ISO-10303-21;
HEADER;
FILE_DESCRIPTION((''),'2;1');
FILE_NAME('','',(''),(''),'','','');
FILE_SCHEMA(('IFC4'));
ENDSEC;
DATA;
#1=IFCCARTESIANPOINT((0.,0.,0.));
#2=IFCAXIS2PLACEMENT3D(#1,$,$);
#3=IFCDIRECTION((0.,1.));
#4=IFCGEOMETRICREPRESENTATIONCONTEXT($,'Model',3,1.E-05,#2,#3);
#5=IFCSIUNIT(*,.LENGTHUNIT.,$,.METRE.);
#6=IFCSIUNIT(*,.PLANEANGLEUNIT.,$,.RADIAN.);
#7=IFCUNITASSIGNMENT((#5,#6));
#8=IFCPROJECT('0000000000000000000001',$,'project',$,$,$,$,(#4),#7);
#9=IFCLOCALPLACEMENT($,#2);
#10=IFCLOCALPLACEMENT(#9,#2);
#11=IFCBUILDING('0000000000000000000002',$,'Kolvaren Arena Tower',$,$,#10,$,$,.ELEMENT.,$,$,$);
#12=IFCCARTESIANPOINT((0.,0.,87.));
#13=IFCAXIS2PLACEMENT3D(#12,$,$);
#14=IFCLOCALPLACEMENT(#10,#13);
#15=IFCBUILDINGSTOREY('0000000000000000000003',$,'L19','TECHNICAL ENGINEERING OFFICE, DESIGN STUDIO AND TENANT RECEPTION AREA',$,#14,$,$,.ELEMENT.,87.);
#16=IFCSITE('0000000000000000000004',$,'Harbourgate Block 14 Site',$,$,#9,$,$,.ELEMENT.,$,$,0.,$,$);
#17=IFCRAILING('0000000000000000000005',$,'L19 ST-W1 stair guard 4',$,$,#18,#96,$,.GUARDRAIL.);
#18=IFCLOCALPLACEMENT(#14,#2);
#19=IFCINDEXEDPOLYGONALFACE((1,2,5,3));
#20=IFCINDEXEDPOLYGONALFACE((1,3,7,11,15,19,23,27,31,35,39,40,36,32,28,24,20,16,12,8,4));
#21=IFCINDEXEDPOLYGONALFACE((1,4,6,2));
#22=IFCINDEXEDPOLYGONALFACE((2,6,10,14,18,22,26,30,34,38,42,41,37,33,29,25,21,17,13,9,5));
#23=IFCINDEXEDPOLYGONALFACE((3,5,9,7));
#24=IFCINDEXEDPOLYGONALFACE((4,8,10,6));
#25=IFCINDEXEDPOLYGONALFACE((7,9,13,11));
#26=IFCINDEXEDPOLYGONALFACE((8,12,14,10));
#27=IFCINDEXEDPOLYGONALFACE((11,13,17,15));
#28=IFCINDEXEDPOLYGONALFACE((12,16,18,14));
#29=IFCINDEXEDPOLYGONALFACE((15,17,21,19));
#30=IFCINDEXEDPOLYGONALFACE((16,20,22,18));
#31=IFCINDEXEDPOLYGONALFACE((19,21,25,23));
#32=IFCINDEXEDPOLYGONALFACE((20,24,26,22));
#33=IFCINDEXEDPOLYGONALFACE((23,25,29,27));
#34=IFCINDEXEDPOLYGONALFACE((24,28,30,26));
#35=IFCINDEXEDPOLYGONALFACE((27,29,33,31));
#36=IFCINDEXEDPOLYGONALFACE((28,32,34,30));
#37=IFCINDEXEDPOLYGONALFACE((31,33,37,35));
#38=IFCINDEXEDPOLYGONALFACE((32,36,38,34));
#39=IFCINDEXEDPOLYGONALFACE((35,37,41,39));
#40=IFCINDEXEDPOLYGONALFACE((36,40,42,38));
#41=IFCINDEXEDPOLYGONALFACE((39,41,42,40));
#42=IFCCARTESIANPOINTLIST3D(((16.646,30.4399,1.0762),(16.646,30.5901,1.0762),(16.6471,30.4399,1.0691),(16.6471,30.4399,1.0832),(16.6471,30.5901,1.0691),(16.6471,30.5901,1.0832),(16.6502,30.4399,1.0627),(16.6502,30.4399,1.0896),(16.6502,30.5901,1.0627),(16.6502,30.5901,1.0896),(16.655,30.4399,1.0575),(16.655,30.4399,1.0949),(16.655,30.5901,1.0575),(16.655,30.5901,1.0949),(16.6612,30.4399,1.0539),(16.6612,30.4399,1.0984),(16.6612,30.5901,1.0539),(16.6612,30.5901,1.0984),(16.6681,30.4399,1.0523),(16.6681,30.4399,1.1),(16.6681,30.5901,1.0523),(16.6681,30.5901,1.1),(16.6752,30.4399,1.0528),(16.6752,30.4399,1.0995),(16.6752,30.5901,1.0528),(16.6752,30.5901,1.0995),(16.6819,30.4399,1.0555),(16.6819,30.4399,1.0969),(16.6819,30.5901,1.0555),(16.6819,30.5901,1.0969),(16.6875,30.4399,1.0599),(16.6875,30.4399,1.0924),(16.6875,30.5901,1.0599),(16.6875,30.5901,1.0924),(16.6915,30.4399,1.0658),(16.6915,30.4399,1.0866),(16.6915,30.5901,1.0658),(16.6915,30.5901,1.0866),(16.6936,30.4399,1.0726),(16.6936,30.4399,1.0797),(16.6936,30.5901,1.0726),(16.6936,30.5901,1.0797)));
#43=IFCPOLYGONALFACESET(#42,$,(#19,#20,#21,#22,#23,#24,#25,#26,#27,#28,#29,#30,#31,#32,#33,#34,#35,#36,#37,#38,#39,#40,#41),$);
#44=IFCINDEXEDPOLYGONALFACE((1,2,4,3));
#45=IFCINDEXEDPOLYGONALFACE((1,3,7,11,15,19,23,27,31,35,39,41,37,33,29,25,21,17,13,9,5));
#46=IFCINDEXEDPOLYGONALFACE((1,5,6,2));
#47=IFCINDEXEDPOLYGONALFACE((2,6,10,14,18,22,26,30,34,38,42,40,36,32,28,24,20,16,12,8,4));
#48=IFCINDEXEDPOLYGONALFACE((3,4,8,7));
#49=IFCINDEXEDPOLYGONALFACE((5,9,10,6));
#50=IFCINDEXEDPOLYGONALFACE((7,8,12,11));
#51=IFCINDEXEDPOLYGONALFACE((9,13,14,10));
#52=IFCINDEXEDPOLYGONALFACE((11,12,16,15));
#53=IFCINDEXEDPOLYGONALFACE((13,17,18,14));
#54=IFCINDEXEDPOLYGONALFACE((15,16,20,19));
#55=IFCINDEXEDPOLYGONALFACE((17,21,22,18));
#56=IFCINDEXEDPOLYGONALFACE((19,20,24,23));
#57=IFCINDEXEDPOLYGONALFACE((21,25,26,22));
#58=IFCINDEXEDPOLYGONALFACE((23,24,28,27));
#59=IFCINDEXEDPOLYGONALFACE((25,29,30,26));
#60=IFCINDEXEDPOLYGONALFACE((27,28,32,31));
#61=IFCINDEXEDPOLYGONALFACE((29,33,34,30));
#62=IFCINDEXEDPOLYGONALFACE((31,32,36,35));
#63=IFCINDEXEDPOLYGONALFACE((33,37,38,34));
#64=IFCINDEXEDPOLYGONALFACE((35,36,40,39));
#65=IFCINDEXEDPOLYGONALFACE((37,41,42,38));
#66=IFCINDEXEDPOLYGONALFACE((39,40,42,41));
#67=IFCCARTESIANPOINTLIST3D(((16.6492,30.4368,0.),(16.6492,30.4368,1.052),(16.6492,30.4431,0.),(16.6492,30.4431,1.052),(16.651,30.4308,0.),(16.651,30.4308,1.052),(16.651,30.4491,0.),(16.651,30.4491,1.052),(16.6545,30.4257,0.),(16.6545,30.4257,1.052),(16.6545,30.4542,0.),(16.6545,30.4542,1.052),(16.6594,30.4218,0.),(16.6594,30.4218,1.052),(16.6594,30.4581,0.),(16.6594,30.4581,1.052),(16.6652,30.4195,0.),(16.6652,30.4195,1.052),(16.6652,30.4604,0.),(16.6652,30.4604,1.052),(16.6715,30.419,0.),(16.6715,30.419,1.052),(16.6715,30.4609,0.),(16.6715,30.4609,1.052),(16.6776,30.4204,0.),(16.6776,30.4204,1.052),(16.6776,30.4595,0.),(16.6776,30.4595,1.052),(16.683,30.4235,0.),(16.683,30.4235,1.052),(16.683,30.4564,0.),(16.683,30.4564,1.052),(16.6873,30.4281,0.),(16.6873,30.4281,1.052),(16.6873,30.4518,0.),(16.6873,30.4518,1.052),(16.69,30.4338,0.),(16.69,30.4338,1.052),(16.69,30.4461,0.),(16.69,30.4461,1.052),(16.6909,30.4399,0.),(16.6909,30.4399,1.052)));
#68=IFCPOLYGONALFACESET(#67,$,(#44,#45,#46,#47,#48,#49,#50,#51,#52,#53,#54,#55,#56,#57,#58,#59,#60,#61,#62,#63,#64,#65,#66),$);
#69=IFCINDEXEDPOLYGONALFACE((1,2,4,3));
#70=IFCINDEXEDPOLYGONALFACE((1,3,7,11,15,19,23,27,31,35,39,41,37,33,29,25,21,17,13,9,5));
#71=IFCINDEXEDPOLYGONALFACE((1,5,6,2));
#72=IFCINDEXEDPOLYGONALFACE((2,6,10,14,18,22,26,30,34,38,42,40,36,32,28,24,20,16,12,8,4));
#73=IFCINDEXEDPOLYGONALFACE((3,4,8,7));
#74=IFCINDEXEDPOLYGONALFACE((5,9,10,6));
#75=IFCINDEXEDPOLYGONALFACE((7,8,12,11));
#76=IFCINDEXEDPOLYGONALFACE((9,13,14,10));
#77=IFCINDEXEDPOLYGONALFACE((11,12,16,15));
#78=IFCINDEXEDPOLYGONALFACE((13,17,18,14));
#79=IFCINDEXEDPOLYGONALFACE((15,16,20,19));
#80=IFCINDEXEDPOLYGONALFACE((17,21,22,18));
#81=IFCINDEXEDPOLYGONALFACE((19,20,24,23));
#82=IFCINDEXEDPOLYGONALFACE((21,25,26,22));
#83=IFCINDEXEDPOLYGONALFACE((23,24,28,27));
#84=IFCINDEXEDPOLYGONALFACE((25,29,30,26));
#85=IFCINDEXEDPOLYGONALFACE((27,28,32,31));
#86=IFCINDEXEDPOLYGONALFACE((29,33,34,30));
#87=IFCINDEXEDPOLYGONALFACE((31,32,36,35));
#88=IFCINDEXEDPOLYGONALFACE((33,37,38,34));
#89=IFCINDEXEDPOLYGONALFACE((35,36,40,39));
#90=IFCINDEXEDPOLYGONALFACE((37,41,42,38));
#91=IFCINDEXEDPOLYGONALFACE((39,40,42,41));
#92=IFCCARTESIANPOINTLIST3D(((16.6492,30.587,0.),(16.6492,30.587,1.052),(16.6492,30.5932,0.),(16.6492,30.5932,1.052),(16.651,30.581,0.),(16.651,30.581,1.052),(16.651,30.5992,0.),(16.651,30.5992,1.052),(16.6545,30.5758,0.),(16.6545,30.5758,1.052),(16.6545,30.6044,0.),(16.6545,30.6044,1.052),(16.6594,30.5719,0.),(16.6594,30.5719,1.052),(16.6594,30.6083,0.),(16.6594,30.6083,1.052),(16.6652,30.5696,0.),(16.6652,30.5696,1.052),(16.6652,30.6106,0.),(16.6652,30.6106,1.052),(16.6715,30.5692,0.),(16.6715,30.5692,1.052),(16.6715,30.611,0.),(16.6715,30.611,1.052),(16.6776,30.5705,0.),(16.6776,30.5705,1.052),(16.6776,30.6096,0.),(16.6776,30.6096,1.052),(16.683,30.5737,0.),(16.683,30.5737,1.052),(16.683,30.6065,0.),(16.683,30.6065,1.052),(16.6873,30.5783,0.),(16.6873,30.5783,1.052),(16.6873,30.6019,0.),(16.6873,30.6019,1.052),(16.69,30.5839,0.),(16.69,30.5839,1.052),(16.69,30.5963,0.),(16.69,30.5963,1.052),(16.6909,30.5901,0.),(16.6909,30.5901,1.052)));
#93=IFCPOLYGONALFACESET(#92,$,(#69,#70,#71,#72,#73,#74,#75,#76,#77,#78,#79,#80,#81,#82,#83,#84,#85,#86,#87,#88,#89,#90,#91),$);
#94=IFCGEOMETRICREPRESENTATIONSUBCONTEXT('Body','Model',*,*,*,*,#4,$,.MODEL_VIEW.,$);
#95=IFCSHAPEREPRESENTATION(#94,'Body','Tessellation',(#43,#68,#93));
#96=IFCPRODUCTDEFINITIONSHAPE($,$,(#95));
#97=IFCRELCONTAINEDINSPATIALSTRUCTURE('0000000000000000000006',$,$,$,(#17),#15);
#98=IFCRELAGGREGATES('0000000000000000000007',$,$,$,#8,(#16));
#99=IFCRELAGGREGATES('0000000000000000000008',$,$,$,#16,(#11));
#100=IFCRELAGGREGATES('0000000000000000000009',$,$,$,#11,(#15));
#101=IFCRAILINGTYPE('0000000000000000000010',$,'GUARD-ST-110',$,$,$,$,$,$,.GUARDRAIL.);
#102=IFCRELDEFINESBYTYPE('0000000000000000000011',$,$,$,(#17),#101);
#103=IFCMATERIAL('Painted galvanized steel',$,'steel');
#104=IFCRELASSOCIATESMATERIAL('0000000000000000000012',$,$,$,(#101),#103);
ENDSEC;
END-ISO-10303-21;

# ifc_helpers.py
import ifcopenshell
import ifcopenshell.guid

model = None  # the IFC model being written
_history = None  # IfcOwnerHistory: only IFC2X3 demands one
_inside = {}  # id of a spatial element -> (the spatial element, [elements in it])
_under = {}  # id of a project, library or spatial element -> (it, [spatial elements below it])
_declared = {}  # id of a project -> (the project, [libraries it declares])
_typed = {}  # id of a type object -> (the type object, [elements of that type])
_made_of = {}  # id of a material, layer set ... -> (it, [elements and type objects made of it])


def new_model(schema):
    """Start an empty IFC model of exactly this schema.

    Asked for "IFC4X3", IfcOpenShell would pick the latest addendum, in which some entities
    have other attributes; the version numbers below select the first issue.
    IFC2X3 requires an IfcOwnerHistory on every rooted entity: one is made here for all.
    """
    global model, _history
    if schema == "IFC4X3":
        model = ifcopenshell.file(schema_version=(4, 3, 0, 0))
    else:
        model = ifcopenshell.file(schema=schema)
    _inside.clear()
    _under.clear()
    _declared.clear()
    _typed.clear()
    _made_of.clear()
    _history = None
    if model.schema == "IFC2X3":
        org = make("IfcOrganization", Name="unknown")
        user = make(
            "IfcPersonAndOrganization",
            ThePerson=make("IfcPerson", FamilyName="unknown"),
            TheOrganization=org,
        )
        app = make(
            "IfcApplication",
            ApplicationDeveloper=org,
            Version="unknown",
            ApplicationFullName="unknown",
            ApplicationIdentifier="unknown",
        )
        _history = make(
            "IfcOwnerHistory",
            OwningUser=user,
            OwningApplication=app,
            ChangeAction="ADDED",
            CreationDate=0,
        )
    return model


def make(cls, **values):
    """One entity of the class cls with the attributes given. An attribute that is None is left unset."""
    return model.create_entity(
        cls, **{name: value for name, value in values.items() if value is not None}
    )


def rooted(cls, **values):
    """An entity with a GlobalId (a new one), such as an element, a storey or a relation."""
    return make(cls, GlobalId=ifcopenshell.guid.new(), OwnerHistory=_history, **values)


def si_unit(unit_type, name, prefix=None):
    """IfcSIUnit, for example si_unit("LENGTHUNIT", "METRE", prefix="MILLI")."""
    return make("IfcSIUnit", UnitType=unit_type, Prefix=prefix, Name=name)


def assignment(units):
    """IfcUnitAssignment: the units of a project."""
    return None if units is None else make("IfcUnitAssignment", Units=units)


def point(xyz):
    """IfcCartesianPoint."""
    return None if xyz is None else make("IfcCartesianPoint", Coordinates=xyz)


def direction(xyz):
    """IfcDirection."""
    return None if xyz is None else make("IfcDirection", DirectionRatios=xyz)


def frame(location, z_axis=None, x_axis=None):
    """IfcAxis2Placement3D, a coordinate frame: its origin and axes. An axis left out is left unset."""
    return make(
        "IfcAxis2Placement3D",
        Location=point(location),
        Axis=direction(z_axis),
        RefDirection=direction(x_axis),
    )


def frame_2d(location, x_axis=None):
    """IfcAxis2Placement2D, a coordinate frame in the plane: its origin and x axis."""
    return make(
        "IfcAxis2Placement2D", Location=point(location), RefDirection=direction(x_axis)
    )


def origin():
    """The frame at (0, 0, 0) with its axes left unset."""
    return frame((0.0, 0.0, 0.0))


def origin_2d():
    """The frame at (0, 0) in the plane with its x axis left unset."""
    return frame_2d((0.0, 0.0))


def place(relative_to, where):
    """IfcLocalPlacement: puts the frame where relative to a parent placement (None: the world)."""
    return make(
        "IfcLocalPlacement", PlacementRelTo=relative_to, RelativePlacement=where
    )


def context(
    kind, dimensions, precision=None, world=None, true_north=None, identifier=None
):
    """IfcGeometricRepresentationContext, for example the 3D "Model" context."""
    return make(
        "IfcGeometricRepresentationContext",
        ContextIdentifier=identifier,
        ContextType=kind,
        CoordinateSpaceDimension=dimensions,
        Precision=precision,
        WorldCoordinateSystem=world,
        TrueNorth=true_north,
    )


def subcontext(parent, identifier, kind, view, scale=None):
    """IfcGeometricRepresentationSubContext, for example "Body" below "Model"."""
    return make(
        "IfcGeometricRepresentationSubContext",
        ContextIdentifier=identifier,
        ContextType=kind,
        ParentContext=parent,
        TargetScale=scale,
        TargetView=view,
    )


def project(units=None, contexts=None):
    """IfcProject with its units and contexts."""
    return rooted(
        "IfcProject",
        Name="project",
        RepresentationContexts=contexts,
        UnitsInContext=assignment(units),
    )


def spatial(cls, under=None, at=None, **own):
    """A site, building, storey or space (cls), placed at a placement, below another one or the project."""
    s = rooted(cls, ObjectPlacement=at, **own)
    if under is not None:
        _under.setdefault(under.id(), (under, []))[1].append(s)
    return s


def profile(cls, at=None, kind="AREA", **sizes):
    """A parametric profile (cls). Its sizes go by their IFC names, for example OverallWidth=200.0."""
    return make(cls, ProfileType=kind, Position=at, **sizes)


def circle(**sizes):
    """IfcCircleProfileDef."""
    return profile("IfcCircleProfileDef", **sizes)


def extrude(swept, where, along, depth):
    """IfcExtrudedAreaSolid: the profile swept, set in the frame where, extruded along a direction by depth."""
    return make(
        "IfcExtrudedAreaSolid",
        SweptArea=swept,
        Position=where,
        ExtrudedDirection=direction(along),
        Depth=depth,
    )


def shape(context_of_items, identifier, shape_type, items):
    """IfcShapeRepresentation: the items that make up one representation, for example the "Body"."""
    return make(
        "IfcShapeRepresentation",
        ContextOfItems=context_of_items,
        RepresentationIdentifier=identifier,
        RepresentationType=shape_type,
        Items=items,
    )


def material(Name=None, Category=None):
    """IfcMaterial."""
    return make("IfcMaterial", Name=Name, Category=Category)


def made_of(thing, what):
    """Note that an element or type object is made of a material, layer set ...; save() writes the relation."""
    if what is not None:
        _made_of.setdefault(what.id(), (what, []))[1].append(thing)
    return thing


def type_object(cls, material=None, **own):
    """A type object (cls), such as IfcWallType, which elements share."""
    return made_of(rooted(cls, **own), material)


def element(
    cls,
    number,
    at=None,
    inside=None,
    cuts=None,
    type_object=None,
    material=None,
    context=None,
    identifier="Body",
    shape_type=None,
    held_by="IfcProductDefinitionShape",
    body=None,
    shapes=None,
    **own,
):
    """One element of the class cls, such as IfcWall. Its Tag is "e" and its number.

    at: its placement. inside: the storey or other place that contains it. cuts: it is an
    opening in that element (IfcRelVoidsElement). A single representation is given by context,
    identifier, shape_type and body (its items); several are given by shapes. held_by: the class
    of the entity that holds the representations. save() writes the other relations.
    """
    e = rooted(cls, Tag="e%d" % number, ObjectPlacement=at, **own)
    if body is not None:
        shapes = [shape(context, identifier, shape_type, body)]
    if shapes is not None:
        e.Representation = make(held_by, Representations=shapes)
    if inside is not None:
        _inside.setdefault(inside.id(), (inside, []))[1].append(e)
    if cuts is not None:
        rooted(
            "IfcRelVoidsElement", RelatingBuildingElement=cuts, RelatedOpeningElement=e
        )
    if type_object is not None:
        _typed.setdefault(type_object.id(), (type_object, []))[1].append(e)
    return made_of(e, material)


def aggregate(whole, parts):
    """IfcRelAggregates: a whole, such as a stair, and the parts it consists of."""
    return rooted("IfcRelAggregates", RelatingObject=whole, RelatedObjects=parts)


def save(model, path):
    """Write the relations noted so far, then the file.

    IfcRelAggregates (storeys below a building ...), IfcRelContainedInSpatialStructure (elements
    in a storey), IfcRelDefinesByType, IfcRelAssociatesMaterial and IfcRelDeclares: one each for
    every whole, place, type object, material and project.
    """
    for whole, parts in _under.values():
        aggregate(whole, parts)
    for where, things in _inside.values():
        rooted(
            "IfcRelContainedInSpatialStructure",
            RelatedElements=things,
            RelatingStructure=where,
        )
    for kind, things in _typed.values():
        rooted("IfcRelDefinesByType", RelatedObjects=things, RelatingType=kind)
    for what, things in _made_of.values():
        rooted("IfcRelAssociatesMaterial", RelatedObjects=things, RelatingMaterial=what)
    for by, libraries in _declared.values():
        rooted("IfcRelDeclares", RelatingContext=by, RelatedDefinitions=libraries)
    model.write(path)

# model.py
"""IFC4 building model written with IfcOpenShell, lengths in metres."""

from ifc_helpers import new_model, si_unit, direction, frame, origin, origin_2d, place, context, subcontext, project, spatial, circle, extrude, material, type_object, element, save


model = new_model("IFC4")

# Units and contexts
model_context = context("Model", 3, precision=1e-05, world=origin(), true_north=direction((0.0, 1.0)))
body_context = subcontext(model_context, "Body", "Model", "MODEL_VIEW")
ifc_project = project(units=[si_unit("LENGTHUNIT", "METRE"), si_unit("PLANEANGLEUNIT", "RADIAN")], contexts=[model_context])

# Site, building, storey
site_placement = place(None, origin())
site = spatial("IfcSite", under=ifc_project, at=site_placement, Name="Harbourgate Block 14 Site", CompositionType="ELEMENT", RefElevation=0.0)
building_placement = place(site_placement, origin())
building = spatial("IfcBuilding", under=site, at=building_placement, Name="Kolvaren Arena Tower", CompositionType="ELEMENT")
storey_placement = place(building_placement, frame((0.0, 0.0, 87.0)))
storey = spatial("IfcBuildingStorey", under=building, at=storey_placement, Name="L19", Description="TECHNICAL ENGINEERING OFFICE, DESIGN STUDIO AND TENANT RECEPTION AREA", CompositionType="ELEMENT", Elevation=87.0)

# Railing
ifc_material_1 = material(Name="Painted galvanized steel", Category="steel")
railing_type_1 = type_object("IfcRailingType", Name="GUARD-ST-110", PredefinedType="GUARDRAIL", material=ifc_material_1)
railing_1_placement = place(storey_placement, frame((16.6699, 30.4399, 0.0)))
element("IfcRailing", 1, at=railing_1_placement, inside=storey, type_object=railing_type_1, Name="L19 ST-W1 stair guard 4", PredefinedType="GUARDRAIL", context=body_context, shape_type="SweptSolid", body=[
    extrude(circle(Radius=0.0239, at=origin_2d()), frame((0.0, 0.0, 1.0762), z_axis=(0.0, 1.0, 0.0), x_axis=(-1.0, 0.0, 0.0)), (0.0, 0.0, 1.0), 0.1501),
    extrude(circle(Radius=0.021, at=origin_2d()), origin(), (0.0, 0.0, 1.0), 1.052),
    extrude(circle(Radius=0.021, at=origin_2d()), frame((0.0, 0.1501, 0.0)), (0.0, 0.0, 1.0), 1.052),
])

save(model, "model.ifc")
